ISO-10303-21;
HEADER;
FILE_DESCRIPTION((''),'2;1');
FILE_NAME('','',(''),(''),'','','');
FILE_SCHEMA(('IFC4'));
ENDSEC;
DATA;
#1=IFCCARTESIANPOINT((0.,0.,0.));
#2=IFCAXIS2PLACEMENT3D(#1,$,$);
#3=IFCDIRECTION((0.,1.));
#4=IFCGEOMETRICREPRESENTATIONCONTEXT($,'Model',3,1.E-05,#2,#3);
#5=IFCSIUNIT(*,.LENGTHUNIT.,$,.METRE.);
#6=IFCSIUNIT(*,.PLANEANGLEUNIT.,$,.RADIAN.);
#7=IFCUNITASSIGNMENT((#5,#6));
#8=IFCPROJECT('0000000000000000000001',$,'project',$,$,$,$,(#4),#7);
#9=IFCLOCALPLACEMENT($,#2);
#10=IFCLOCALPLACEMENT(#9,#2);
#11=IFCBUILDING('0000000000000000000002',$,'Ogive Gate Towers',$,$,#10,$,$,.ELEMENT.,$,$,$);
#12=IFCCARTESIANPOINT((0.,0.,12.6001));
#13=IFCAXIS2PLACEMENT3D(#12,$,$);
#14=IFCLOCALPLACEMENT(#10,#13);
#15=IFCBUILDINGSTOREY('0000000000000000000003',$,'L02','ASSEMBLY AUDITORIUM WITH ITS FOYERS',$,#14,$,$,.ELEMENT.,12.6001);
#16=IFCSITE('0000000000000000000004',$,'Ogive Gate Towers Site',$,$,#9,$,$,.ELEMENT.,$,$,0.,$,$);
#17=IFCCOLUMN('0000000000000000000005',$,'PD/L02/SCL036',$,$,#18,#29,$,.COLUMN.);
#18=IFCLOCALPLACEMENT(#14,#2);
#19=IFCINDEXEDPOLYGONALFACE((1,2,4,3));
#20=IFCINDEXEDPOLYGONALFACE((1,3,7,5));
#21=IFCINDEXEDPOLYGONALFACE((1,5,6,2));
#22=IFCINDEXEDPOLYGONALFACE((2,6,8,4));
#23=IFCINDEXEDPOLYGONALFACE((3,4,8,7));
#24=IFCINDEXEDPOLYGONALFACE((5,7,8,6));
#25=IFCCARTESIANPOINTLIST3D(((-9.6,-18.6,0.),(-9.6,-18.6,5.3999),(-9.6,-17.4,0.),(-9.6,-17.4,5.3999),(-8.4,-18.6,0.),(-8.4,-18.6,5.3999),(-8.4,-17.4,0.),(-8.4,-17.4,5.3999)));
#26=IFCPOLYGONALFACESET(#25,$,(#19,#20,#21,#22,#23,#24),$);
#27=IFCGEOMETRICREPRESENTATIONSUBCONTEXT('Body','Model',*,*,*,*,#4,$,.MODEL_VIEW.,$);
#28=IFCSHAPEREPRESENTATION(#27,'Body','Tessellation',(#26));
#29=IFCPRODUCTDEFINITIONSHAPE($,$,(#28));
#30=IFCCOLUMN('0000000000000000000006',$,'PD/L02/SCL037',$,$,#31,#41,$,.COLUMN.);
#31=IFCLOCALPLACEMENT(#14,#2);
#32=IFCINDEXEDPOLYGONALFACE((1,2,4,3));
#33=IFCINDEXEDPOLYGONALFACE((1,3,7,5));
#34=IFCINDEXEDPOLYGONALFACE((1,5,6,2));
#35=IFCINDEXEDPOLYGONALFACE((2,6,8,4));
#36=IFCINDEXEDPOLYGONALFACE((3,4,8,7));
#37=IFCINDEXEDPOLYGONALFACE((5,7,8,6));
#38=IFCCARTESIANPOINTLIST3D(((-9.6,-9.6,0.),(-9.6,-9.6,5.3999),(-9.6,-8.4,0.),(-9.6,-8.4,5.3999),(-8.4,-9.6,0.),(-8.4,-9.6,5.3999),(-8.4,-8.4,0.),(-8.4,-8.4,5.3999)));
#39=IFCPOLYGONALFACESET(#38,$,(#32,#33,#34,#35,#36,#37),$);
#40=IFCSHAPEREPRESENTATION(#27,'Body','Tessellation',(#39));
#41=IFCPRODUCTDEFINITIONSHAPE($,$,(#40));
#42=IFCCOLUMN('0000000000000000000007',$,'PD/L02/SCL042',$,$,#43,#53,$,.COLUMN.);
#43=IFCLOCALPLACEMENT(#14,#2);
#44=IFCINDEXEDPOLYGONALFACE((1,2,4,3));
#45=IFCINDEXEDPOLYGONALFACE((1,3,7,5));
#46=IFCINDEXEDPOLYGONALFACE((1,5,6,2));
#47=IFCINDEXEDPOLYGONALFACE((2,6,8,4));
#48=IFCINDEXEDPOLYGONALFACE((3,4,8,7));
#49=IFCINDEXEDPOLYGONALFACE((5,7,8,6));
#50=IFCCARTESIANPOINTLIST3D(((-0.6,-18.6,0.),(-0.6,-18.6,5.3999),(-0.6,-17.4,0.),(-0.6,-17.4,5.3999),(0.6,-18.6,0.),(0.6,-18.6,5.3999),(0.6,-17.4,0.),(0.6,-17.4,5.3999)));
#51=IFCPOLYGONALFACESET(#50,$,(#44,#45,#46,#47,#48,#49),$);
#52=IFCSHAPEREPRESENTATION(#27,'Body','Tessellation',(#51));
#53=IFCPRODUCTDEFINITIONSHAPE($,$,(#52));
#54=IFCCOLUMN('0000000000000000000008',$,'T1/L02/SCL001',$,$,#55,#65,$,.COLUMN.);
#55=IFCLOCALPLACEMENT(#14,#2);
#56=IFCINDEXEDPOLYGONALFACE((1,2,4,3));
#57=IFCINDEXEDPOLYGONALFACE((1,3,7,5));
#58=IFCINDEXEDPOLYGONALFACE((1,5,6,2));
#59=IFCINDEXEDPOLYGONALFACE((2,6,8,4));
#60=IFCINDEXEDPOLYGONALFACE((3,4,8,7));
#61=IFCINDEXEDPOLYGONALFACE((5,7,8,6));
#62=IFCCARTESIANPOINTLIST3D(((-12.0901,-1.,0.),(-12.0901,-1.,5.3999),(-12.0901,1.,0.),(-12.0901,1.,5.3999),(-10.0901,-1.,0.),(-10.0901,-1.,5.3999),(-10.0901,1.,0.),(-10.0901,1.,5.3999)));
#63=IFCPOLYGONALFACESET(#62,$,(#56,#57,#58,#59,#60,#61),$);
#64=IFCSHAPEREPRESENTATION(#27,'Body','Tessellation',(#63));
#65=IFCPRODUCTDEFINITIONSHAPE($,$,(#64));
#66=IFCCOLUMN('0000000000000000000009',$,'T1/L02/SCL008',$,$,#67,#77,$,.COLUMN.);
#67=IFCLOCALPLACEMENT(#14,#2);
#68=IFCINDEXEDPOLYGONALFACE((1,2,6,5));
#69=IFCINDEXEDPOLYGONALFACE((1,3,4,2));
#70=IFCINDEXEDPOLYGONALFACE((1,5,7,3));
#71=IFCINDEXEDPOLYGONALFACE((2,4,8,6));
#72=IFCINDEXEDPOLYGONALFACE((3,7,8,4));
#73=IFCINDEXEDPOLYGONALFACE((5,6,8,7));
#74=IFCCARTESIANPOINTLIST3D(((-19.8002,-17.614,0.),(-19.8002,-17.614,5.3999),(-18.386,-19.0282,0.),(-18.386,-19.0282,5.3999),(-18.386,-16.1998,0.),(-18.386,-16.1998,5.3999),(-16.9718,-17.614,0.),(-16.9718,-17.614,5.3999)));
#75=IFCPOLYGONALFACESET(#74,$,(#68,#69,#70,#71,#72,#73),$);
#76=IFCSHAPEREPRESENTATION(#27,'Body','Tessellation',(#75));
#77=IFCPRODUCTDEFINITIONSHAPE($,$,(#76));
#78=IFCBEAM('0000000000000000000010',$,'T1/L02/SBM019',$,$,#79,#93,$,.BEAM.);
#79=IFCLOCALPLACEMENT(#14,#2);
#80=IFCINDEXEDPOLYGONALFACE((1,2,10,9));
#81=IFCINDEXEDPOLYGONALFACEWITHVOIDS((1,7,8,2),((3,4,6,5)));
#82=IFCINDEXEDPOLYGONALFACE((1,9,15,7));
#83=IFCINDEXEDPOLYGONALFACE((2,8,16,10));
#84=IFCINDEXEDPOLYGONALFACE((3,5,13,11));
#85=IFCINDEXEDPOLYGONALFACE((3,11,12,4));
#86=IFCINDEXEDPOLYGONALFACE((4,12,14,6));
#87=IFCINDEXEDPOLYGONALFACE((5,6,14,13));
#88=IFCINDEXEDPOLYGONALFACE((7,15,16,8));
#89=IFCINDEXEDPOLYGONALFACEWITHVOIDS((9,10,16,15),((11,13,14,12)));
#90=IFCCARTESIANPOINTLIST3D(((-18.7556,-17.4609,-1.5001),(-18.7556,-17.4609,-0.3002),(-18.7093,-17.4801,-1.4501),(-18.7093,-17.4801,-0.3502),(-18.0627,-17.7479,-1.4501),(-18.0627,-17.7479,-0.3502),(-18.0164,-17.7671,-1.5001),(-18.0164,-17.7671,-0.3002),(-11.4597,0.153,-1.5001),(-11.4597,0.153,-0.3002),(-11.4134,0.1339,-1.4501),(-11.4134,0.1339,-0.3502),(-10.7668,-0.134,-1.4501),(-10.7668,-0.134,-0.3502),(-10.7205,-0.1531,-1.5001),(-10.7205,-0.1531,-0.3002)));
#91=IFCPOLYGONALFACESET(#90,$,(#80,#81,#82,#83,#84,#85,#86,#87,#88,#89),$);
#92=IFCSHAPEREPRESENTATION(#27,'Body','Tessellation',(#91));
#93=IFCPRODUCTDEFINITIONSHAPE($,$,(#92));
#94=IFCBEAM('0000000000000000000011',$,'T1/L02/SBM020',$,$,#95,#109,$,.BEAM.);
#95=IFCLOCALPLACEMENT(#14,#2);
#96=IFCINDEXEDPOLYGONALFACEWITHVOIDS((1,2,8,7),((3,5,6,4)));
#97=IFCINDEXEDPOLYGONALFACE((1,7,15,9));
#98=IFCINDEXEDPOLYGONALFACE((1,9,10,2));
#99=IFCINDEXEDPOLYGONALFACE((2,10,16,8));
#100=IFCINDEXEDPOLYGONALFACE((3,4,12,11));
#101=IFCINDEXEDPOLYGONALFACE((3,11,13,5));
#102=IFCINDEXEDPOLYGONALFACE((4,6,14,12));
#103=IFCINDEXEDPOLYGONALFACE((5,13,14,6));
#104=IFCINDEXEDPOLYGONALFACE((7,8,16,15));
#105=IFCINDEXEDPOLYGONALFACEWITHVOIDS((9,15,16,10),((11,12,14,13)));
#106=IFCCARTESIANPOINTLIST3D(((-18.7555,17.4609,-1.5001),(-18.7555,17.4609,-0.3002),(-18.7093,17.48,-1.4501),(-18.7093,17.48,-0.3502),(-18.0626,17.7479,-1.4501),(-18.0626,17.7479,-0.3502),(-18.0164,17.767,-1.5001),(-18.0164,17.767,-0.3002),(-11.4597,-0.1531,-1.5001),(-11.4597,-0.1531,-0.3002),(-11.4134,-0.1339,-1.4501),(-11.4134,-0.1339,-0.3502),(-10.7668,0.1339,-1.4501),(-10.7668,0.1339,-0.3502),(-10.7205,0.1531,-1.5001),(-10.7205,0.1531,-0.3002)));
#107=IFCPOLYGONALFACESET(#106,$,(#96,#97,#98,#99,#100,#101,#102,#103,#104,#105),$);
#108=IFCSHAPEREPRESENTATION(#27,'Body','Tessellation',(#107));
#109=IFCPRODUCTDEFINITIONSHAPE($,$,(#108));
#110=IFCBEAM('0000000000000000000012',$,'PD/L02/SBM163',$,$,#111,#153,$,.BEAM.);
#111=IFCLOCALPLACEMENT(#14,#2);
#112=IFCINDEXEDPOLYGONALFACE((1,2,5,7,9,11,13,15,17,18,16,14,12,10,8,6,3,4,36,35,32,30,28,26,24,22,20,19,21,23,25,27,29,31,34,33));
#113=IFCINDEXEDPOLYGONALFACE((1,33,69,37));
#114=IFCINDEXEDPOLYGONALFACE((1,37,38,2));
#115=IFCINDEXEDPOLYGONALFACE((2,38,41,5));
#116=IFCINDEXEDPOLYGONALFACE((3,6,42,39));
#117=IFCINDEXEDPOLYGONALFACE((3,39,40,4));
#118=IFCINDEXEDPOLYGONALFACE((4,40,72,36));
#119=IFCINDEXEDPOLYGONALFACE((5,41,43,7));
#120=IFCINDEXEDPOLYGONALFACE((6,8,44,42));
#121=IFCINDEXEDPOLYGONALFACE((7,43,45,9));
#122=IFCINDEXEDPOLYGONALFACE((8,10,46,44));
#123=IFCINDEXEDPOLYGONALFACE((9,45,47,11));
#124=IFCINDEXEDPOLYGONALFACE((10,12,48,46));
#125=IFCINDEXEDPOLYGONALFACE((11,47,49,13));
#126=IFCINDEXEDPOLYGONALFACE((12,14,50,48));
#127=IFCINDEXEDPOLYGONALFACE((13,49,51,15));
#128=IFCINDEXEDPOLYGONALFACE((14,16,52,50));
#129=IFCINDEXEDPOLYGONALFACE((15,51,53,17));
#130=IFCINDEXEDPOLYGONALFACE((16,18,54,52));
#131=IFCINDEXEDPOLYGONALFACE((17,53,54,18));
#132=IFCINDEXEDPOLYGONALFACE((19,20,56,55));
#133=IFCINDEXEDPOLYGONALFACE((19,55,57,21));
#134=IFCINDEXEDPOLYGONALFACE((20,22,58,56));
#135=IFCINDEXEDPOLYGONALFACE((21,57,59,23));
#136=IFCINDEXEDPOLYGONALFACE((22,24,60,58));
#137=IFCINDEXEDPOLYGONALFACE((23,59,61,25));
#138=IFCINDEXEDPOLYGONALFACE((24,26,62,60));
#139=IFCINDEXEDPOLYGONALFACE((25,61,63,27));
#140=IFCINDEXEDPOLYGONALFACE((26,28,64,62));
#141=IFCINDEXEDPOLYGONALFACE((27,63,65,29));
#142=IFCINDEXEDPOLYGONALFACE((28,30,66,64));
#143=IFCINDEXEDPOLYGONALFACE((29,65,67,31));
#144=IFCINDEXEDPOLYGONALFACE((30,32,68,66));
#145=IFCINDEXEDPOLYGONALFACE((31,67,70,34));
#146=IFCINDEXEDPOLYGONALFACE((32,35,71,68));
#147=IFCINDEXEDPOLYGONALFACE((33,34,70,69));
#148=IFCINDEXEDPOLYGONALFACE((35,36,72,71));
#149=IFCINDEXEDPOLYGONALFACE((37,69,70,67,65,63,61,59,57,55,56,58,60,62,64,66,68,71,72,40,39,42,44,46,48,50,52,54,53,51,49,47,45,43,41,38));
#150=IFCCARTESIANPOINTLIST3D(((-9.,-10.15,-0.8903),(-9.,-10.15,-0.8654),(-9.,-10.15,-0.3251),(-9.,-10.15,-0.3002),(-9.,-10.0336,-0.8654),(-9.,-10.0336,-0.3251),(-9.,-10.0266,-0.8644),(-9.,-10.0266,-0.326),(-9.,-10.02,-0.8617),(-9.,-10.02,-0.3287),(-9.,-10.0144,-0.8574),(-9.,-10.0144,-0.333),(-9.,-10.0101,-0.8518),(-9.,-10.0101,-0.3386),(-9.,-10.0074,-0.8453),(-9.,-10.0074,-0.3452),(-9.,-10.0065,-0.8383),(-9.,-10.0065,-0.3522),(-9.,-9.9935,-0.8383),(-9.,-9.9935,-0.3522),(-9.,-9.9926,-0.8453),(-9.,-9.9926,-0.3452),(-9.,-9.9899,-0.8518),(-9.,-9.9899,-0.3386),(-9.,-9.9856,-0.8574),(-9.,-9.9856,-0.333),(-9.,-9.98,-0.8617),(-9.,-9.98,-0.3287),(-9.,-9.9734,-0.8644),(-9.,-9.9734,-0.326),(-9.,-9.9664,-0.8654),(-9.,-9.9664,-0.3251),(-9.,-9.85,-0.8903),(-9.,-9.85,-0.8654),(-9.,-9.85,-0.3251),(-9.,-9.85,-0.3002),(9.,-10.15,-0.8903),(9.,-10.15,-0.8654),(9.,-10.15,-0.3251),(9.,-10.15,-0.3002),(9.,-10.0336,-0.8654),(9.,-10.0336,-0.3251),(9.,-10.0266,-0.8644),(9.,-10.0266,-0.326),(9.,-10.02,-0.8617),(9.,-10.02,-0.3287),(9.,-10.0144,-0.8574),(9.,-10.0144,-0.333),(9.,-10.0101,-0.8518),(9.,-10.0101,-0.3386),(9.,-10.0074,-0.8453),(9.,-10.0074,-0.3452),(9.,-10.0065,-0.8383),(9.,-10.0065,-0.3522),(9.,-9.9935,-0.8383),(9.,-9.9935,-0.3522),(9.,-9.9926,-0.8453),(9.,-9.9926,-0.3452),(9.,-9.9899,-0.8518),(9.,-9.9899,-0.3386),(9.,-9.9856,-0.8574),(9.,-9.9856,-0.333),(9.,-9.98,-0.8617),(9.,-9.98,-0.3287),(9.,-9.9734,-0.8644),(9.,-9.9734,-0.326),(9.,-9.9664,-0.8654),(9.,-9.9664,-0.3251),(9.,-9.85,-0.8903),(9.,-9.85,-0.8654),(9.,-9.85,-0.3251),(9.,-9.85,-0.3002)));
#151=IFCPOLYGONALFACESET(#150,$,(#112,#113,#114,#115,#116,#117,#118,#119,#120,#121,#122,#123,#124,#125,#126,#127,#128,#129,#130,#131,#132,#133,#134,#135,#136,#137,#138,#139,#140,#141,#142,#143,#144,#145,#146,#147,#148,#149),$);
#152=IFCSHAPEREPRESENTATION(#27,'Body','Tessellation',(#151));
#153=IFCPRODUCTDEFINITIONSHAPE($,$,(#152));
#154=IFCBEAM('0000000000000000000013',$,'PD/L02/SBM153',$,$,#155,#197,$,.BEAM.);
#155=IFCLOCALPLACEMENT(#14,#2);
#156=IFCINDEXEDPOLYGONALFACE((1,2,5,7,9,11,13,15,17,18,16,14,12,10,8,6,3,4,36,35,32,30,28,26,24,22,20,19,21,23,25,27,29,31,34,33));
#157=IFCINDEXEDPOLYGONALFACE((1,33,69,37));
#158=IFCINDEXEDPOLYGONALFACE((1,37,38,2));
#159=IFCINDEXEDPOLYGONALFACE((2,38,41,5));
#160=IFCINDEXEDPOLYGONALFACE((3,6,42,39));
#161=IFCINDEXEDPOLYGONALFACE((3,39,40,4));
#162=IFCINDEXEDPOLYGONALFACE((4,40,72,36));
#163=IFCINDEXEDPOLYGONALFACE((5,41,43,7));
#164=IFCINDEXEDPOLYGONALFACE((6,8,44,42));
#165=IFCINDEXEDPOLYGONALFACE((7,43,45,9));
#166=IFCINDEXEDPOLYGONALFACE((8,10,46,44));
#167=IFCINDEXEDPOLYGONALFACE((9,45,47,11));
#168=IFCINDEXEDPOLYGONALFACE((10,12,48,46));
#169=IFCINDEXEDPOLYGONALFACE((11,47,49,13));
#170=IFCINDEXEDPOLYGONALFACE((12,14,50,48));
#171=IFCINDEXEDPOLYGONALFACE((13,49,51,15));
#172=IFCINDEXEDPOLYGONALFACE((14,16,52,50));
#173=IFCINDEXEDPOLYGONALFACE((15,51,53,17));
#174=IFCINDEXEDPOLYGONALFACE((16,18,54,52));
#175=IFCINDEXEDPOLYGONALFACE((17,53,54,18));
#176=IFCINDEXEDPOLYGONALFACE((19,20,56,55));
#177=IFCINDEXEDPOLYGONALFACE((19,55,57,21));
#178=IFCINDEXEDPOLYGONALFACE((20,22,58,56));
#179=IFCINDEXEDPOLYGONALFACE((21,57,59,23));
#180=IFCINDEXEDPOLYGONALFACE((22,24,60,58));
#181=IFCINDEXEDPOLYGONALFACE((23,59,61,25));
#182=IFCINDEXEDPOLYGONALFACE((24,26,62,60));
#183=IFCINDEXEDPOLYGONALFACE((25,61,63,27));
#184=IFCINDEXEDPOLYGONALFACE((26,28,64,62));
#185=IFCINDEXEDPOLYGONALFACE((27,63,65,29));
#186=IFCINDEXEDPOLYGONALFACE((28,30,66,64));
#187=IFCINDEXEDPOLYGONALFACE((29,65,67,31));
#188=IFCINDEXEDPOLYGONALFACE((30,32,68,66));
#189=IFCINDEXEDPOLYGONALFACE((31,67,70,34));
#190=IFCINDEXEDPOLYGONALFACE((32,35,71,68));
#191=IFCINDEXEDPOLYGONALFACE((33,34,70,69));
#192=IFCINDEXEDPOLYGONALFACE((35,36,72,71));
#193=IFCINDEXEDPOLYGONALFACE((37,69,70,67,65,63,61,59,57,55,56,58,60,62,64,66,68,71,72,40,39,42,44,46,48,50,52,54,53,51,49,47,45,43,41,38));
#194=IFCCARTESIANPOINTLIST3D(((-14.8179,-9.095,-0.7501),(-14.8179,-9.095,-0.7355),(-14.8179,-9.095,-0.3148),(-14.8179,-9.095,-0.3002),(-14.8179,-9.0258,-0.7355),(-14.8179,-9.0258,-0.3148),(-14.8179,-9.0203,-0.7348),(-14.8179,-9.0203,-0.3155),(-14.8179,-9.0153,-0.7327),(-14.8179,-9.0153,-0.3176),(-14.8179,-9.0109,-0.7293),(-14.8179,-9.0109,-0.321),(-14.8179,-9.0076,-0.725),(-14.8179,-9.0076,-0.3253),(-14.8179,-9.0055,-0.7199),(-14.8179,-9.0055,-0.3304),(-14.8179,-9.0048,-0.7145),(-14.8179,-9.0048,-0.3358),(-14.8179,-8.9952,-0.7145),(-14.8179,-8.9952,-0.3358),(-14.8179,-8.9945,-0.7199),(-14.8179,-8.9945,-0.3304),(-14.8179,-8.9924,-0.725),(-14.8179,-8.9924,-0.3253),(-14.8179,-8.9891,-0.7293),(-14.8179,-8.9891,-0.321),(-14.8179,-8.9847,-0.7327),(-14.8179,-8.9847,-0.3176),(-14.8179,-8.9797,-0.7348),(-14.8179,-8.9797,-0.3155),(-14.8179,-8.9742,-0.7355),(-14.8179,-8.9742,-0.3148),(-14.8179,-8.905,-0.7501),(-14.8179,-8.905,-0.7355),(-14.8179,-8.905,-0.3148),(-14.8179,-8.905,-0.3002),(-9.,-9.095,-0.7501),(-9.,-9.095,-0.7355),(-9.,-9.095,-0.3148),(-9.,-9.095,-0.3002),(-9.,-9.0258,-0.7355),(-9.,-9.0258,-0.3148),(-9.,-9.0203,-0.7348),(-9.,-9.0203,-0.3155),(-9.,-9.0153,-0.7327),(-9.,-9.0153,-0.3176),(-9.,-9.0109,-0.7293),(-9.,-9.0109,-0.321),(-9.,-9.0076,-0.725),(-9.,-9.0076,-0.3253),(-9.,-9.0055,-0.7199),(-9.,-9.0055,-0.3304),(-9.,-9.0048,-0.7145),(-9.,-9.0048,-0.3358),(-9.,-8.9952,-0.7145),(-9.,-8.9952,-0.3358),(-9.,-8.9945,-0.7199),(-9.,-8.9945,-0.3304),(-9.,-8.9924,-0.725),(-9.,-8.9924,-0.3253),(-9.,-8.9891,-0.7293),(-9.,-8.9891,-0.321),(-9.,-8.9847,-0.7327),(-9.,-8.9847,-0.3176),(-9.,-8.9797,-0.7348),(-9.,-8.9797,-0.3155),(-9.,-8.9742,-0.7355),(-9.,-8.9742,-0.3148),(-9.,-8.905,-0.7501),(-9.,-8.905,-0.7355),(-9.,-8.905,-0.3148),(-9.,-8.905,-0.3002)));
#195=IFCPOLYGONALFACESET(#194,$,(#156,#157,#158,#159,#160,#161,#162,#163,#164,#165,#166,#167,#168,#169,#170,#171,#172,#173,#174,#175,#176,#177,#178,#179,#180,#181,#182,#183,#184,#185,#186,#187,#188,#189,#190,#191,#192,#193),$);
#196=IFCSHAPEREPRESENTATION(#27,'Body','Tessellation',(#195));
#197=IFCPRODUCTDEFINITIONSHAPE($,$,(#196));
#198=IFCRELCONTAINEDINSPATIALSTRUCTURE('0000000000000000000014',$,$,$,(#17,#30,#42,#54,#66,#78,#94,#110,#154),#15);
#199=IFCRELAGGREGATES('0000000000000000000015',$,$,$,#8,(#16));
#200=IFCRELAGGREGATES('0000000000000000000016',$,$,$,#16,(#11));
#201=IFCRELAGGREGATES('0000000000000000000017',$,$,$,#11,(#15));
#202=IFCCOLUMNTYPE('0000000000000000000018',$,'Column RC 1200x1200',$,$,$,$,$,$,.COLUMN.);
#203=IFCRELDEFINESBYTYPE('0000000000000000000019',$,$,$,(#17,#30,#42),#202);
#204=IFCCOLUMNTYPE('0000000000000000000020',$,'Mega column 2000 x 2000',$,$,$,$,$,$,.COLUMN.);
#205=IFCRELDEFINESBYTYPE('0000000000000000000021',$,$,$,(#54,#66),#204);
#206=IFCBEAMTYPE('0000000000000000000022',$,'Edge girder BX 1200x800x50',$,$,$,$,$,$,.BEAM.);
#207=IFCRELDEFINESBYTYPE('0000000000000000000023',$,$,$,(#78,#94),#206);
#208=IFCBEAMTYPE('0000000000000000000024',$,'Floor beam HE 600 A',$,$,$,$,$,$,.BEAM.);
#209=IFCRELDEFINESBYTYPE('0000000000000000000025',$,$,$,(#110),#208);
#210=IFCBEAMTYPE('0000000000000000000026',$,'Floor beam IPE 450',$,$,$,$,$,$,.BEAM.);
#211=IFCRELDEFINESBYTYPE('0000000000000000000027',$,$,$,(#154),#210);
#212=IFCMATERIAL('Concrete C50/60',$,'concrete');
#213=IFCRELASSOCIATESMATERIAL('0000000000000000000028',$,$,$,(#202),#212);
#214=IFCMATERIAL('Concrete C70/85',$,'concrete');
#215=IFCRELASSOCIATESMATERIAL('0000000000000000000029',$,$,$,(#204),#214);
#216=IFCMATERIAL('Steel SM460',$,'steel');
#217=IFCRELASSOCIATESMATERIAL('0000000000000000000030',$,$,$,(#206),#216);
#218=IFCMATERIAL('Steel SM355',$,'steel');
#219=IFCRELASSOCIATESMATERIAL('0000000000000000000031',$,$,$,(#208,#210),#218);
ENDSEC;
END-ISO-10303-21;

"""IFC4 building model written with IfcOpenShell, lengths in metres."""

from ifc_helpers import new_model, si_unit, direction, frame, origin, origin_2d, place, context, subcontext, project, spatial, rectangle, hollow_rectangle, i_section, extrude, material, material_profile, profile_set, type_object, element, save


model = new_model("IFC4")

# Units and contexts
model_context = context("Model", 3, precision=1e-05, world=origin(), true_north=direction((0.0, 1.0)))
body_context = subcontext(model_context, "Body", "Model", "MODEL_VIEW")
ifc_project = project(units=[si_unit("LENGTHUNIT", "METRE"), si_unit("PLANEANGLEUNIT", "RADIAN")], contexts=[model_context])

# Site, building, storey
site_placement = place(None, origin())
site = spatial("IfcSite", under=ifc_project, at=site_placement, Name="Ogive Gate Towers Site", CompositionType="ELEMENT", RefElevation=0.0)
building_placement = place(site_placement, origin())
building = spatial("IfcBuilding", under=site, at=building_placement, Name="Ogive Gate Towers", CompositionType="ELEMENT")
storey_placement = place(building_placement, frame((0.0, 0.0, 12.6001)))
storey = spatial("IfcBuildingStorey", under=building, at=storey_placement, Name="L02", Description="ASSEMBLY AUDITORIUM WITH ITS FOYERS", CompositionType="ELEMENT", Elevation=12.6001)

# Columns
ifc_material_1 = material(Name="Concrete C50/60", Category="concrete")
ifc_material_profile_1 = material_profile(ifc_material_1, rectangle(XDim=1.2, YDim=1.2, at=origin_2d()), Name="RC 1200x1200")
ifc_profile_set_1 = profile_set([ifc_material_profile_1], Name="Concrete C50/60")
column_type_1 = type_object("IfcColumnType", Name="Column RC 1200x1200", PredefinedType="COLUMN", material=ifc_profile_set_1)
for number, where, z_axis, x_axis, name in (
    (1, (-9.0, -18.0, 0.0), (0.0, 0.0, 1.0), (1.0, 0.0, 0.0), "PD/L02/SCL036"),
    (2, (-9.0, -9.0, 0.0), (0.0, 0.0, 1.0), (1.0, 0.0, 0.0), "PD/L02/SCL037"),
    (3, (0.0, -18.0, 0.0), (0.0, 0.0, 1.0), (1.0, 0.0, 0.0), "PD/L02/SCL042"),
):
    element("IfcColumn", number, at=place(storey_placement, frame(where, z_axis=z_axis, x_axis=x_axis)), inside=storey, type_object=column_type_1, Name=name, PredefinedType="COLUMN", context=body_context, shape_type="SweptSolid", body=[
        extrude(rectangle(XDim=1.2, YDim=1.2, at=origin_2d()), origin(), (0.0, 0.0, 1.0), 5.3999),
    ])
ifc_material_2 = material(Name="Concrete C70/85", Category="concrete")
ifc_material_profile_2 = material_profile(ifc_material_2, rectangle(XDim=2.0, YDim=2.0, at=origin_2d()), Name="RC 2000x2000")
ifc_profile_set_2 = profile_set([ifc_material_profile_2], Name="Concrete C70/85")
column_type_2 = type_object("IfcColumnType", Name="Mega column 2000 x 2000", PredefinedType="COLUMN", material=ifc_profile_set_2)
for number, where, z_axis, x_axis, name in (
    (4, (-11.0901, 0.0, 0.0), (0.0, 0.0, 1.0), (1.0, 0.0, 0.0), "T1/L02/SCL001"),
    (5, (-18.386, -17.614, 0.0), (0.0, 0.0, 1.0), (0.707107, -0.707107, 0.0), "T1/L02/SCL008"),
):
    element("IfcColumn", number, at=place(storey_placement, frame(where, z_axis=z_axis, x_axis=x_axis)), inside=storey, type_object=column_type_2, Name=name, PredefinedType="COLUMN", context=body_context, shape_type="SweptSolid", body=[
        extrude(rectangle(XDim=2.0, YDim=2.0, at=origin_2d()), origin(), (0.0, 0.0, 1.0), 5.3999),
    ])

# Beams
ifc_material_3 = material(Name="Steel SM460", Category="steel")
ifc_material_profile_3 = material_profile(ifc_material_3, hollow_rectangle(XDim=0.8, YDim=1.2, WallThickness=0.05, at=origin_2d()), Name="BX 1200x800x50")
ifc_profile_set_3 = profile_set([ifc_material_profile_3], Name="Steel SM460")
beam_type_1 = type_object("IfcBeamType", Name="Edge girder BX 1200x800x50", PredefinedType="BEAM", material=ifc_profile_set_3)
for number, where, z_axis, x_axis, name in (
    (6, (-18.386, -17.614, -0.9001), (0.382681, 0.923881, 0.0), (-0.923881, 0.382681, 0.0), "T1/L02/SBM019"),
    (7, (-11.0901, 0.0, -0.9001), (-0.382681, 0.923881, 0.0), (-0.923881, -0.382681, 0.0), "T1/L02/SBM020"),
):
    element("IfcBeam", number, at=place(storey_placement, frame(where, z_axis=z_axis, x_axis=x_axis)), inside=storey, type_object=beam_type_1, Name=name, PredefinedType="BEAM", context=body_context, shape_type="SweptSolid", body=[
        extrude(hollow_rectangle(XDim=0.8, YDim=1.2, WallThickness=0.05, at=origin_2d()), origin(), (0.0, 0.0, 1.0), 19.0652),
    ])
ifc_material_4 = material(Name="Steel SM355", Category="steel")
ifc_material_profile_4 = material_profile(ifc_material_4, i_section(OverallWidth=0.3, OverallDepth=0.5901, WebThickness=0.0129, FlangeThickness=0.0249, FilletRadius=0.0271, at=origin_2d()), Name="HE 600 A")
ifc_profile_set_4 = profile_set([ifc_material_profile_4], Name="Steel SM355")
beam_type_2 = type_object("IfcBeamType", Name="Floor beam HE 600 A", PredefinedType="BEAM", material=ifc_profile_set_4)
beam_1_placement = place(storey_placement, frame((-9.0, -10.0, -0.5952), z_axis=(1.0, 0.0, 0.0), x_axis=(0.0, 1.0, 0.0)))
element("IfcBeam", 8, at=beam_1_placement, inside=storey, type_object=beam_type_2, Name="PD/L02/SBM163", PredefinedType="BEAM", context=body_context, shape_type="SweptSolid", body=[
    extrude(i_section(OverallWidth=0.3, OverallDepth=0.5901, WebThickness=0.0129, FlangeThickness=0.0249, FilletRadius=0.0271, at=origin_2d()), origin(), (0.0, 0.0, 1.0), 18.0),
])
ifc_material_profile_5 = material_profile(ifc_material_4, i_section(OverallWidth=0.1899, OverallDepth=0.45, WebThickness=0.0095, FlangeThickness=0.0146, FilletRadius=0.021, at=origin_2d()), Name="IPE 450")
ifc_profile_set_5 = profile_set([ifc_material_profile_5], Name="Steel SM355")
beam_type_3 = type_object("IfcBeamType", Name="Floor beam IPE 450", PredefinedType="BEAM", material=ifc_profile_set_5)
beam_2_placement = place(storey_placement, frame((-9.0, -9.0, -0.5251), z_axis=(-1.0, 0.0, 0.0), x_axis=(0.0, -1.0, 0.0)))
element("IfcBeam", 9, at=beam_2_placement, inside=storey, type_object=beam_type_3, Name="PD/L02/SBM153", PredefinedType="BEAM", context=body_context, shape_type="SweptSolid", body=[
    extrude(i_section(OverallWidth=0.1899, OverallDepth=0.45, WebThickness=0.0095, FlangeThickness=0.0146, FilletRadius=0.021, at=origin_2d()), origin(), (0.0, 0.0, 1.0), 5.8179),
])

save(model, "model.ifc")
